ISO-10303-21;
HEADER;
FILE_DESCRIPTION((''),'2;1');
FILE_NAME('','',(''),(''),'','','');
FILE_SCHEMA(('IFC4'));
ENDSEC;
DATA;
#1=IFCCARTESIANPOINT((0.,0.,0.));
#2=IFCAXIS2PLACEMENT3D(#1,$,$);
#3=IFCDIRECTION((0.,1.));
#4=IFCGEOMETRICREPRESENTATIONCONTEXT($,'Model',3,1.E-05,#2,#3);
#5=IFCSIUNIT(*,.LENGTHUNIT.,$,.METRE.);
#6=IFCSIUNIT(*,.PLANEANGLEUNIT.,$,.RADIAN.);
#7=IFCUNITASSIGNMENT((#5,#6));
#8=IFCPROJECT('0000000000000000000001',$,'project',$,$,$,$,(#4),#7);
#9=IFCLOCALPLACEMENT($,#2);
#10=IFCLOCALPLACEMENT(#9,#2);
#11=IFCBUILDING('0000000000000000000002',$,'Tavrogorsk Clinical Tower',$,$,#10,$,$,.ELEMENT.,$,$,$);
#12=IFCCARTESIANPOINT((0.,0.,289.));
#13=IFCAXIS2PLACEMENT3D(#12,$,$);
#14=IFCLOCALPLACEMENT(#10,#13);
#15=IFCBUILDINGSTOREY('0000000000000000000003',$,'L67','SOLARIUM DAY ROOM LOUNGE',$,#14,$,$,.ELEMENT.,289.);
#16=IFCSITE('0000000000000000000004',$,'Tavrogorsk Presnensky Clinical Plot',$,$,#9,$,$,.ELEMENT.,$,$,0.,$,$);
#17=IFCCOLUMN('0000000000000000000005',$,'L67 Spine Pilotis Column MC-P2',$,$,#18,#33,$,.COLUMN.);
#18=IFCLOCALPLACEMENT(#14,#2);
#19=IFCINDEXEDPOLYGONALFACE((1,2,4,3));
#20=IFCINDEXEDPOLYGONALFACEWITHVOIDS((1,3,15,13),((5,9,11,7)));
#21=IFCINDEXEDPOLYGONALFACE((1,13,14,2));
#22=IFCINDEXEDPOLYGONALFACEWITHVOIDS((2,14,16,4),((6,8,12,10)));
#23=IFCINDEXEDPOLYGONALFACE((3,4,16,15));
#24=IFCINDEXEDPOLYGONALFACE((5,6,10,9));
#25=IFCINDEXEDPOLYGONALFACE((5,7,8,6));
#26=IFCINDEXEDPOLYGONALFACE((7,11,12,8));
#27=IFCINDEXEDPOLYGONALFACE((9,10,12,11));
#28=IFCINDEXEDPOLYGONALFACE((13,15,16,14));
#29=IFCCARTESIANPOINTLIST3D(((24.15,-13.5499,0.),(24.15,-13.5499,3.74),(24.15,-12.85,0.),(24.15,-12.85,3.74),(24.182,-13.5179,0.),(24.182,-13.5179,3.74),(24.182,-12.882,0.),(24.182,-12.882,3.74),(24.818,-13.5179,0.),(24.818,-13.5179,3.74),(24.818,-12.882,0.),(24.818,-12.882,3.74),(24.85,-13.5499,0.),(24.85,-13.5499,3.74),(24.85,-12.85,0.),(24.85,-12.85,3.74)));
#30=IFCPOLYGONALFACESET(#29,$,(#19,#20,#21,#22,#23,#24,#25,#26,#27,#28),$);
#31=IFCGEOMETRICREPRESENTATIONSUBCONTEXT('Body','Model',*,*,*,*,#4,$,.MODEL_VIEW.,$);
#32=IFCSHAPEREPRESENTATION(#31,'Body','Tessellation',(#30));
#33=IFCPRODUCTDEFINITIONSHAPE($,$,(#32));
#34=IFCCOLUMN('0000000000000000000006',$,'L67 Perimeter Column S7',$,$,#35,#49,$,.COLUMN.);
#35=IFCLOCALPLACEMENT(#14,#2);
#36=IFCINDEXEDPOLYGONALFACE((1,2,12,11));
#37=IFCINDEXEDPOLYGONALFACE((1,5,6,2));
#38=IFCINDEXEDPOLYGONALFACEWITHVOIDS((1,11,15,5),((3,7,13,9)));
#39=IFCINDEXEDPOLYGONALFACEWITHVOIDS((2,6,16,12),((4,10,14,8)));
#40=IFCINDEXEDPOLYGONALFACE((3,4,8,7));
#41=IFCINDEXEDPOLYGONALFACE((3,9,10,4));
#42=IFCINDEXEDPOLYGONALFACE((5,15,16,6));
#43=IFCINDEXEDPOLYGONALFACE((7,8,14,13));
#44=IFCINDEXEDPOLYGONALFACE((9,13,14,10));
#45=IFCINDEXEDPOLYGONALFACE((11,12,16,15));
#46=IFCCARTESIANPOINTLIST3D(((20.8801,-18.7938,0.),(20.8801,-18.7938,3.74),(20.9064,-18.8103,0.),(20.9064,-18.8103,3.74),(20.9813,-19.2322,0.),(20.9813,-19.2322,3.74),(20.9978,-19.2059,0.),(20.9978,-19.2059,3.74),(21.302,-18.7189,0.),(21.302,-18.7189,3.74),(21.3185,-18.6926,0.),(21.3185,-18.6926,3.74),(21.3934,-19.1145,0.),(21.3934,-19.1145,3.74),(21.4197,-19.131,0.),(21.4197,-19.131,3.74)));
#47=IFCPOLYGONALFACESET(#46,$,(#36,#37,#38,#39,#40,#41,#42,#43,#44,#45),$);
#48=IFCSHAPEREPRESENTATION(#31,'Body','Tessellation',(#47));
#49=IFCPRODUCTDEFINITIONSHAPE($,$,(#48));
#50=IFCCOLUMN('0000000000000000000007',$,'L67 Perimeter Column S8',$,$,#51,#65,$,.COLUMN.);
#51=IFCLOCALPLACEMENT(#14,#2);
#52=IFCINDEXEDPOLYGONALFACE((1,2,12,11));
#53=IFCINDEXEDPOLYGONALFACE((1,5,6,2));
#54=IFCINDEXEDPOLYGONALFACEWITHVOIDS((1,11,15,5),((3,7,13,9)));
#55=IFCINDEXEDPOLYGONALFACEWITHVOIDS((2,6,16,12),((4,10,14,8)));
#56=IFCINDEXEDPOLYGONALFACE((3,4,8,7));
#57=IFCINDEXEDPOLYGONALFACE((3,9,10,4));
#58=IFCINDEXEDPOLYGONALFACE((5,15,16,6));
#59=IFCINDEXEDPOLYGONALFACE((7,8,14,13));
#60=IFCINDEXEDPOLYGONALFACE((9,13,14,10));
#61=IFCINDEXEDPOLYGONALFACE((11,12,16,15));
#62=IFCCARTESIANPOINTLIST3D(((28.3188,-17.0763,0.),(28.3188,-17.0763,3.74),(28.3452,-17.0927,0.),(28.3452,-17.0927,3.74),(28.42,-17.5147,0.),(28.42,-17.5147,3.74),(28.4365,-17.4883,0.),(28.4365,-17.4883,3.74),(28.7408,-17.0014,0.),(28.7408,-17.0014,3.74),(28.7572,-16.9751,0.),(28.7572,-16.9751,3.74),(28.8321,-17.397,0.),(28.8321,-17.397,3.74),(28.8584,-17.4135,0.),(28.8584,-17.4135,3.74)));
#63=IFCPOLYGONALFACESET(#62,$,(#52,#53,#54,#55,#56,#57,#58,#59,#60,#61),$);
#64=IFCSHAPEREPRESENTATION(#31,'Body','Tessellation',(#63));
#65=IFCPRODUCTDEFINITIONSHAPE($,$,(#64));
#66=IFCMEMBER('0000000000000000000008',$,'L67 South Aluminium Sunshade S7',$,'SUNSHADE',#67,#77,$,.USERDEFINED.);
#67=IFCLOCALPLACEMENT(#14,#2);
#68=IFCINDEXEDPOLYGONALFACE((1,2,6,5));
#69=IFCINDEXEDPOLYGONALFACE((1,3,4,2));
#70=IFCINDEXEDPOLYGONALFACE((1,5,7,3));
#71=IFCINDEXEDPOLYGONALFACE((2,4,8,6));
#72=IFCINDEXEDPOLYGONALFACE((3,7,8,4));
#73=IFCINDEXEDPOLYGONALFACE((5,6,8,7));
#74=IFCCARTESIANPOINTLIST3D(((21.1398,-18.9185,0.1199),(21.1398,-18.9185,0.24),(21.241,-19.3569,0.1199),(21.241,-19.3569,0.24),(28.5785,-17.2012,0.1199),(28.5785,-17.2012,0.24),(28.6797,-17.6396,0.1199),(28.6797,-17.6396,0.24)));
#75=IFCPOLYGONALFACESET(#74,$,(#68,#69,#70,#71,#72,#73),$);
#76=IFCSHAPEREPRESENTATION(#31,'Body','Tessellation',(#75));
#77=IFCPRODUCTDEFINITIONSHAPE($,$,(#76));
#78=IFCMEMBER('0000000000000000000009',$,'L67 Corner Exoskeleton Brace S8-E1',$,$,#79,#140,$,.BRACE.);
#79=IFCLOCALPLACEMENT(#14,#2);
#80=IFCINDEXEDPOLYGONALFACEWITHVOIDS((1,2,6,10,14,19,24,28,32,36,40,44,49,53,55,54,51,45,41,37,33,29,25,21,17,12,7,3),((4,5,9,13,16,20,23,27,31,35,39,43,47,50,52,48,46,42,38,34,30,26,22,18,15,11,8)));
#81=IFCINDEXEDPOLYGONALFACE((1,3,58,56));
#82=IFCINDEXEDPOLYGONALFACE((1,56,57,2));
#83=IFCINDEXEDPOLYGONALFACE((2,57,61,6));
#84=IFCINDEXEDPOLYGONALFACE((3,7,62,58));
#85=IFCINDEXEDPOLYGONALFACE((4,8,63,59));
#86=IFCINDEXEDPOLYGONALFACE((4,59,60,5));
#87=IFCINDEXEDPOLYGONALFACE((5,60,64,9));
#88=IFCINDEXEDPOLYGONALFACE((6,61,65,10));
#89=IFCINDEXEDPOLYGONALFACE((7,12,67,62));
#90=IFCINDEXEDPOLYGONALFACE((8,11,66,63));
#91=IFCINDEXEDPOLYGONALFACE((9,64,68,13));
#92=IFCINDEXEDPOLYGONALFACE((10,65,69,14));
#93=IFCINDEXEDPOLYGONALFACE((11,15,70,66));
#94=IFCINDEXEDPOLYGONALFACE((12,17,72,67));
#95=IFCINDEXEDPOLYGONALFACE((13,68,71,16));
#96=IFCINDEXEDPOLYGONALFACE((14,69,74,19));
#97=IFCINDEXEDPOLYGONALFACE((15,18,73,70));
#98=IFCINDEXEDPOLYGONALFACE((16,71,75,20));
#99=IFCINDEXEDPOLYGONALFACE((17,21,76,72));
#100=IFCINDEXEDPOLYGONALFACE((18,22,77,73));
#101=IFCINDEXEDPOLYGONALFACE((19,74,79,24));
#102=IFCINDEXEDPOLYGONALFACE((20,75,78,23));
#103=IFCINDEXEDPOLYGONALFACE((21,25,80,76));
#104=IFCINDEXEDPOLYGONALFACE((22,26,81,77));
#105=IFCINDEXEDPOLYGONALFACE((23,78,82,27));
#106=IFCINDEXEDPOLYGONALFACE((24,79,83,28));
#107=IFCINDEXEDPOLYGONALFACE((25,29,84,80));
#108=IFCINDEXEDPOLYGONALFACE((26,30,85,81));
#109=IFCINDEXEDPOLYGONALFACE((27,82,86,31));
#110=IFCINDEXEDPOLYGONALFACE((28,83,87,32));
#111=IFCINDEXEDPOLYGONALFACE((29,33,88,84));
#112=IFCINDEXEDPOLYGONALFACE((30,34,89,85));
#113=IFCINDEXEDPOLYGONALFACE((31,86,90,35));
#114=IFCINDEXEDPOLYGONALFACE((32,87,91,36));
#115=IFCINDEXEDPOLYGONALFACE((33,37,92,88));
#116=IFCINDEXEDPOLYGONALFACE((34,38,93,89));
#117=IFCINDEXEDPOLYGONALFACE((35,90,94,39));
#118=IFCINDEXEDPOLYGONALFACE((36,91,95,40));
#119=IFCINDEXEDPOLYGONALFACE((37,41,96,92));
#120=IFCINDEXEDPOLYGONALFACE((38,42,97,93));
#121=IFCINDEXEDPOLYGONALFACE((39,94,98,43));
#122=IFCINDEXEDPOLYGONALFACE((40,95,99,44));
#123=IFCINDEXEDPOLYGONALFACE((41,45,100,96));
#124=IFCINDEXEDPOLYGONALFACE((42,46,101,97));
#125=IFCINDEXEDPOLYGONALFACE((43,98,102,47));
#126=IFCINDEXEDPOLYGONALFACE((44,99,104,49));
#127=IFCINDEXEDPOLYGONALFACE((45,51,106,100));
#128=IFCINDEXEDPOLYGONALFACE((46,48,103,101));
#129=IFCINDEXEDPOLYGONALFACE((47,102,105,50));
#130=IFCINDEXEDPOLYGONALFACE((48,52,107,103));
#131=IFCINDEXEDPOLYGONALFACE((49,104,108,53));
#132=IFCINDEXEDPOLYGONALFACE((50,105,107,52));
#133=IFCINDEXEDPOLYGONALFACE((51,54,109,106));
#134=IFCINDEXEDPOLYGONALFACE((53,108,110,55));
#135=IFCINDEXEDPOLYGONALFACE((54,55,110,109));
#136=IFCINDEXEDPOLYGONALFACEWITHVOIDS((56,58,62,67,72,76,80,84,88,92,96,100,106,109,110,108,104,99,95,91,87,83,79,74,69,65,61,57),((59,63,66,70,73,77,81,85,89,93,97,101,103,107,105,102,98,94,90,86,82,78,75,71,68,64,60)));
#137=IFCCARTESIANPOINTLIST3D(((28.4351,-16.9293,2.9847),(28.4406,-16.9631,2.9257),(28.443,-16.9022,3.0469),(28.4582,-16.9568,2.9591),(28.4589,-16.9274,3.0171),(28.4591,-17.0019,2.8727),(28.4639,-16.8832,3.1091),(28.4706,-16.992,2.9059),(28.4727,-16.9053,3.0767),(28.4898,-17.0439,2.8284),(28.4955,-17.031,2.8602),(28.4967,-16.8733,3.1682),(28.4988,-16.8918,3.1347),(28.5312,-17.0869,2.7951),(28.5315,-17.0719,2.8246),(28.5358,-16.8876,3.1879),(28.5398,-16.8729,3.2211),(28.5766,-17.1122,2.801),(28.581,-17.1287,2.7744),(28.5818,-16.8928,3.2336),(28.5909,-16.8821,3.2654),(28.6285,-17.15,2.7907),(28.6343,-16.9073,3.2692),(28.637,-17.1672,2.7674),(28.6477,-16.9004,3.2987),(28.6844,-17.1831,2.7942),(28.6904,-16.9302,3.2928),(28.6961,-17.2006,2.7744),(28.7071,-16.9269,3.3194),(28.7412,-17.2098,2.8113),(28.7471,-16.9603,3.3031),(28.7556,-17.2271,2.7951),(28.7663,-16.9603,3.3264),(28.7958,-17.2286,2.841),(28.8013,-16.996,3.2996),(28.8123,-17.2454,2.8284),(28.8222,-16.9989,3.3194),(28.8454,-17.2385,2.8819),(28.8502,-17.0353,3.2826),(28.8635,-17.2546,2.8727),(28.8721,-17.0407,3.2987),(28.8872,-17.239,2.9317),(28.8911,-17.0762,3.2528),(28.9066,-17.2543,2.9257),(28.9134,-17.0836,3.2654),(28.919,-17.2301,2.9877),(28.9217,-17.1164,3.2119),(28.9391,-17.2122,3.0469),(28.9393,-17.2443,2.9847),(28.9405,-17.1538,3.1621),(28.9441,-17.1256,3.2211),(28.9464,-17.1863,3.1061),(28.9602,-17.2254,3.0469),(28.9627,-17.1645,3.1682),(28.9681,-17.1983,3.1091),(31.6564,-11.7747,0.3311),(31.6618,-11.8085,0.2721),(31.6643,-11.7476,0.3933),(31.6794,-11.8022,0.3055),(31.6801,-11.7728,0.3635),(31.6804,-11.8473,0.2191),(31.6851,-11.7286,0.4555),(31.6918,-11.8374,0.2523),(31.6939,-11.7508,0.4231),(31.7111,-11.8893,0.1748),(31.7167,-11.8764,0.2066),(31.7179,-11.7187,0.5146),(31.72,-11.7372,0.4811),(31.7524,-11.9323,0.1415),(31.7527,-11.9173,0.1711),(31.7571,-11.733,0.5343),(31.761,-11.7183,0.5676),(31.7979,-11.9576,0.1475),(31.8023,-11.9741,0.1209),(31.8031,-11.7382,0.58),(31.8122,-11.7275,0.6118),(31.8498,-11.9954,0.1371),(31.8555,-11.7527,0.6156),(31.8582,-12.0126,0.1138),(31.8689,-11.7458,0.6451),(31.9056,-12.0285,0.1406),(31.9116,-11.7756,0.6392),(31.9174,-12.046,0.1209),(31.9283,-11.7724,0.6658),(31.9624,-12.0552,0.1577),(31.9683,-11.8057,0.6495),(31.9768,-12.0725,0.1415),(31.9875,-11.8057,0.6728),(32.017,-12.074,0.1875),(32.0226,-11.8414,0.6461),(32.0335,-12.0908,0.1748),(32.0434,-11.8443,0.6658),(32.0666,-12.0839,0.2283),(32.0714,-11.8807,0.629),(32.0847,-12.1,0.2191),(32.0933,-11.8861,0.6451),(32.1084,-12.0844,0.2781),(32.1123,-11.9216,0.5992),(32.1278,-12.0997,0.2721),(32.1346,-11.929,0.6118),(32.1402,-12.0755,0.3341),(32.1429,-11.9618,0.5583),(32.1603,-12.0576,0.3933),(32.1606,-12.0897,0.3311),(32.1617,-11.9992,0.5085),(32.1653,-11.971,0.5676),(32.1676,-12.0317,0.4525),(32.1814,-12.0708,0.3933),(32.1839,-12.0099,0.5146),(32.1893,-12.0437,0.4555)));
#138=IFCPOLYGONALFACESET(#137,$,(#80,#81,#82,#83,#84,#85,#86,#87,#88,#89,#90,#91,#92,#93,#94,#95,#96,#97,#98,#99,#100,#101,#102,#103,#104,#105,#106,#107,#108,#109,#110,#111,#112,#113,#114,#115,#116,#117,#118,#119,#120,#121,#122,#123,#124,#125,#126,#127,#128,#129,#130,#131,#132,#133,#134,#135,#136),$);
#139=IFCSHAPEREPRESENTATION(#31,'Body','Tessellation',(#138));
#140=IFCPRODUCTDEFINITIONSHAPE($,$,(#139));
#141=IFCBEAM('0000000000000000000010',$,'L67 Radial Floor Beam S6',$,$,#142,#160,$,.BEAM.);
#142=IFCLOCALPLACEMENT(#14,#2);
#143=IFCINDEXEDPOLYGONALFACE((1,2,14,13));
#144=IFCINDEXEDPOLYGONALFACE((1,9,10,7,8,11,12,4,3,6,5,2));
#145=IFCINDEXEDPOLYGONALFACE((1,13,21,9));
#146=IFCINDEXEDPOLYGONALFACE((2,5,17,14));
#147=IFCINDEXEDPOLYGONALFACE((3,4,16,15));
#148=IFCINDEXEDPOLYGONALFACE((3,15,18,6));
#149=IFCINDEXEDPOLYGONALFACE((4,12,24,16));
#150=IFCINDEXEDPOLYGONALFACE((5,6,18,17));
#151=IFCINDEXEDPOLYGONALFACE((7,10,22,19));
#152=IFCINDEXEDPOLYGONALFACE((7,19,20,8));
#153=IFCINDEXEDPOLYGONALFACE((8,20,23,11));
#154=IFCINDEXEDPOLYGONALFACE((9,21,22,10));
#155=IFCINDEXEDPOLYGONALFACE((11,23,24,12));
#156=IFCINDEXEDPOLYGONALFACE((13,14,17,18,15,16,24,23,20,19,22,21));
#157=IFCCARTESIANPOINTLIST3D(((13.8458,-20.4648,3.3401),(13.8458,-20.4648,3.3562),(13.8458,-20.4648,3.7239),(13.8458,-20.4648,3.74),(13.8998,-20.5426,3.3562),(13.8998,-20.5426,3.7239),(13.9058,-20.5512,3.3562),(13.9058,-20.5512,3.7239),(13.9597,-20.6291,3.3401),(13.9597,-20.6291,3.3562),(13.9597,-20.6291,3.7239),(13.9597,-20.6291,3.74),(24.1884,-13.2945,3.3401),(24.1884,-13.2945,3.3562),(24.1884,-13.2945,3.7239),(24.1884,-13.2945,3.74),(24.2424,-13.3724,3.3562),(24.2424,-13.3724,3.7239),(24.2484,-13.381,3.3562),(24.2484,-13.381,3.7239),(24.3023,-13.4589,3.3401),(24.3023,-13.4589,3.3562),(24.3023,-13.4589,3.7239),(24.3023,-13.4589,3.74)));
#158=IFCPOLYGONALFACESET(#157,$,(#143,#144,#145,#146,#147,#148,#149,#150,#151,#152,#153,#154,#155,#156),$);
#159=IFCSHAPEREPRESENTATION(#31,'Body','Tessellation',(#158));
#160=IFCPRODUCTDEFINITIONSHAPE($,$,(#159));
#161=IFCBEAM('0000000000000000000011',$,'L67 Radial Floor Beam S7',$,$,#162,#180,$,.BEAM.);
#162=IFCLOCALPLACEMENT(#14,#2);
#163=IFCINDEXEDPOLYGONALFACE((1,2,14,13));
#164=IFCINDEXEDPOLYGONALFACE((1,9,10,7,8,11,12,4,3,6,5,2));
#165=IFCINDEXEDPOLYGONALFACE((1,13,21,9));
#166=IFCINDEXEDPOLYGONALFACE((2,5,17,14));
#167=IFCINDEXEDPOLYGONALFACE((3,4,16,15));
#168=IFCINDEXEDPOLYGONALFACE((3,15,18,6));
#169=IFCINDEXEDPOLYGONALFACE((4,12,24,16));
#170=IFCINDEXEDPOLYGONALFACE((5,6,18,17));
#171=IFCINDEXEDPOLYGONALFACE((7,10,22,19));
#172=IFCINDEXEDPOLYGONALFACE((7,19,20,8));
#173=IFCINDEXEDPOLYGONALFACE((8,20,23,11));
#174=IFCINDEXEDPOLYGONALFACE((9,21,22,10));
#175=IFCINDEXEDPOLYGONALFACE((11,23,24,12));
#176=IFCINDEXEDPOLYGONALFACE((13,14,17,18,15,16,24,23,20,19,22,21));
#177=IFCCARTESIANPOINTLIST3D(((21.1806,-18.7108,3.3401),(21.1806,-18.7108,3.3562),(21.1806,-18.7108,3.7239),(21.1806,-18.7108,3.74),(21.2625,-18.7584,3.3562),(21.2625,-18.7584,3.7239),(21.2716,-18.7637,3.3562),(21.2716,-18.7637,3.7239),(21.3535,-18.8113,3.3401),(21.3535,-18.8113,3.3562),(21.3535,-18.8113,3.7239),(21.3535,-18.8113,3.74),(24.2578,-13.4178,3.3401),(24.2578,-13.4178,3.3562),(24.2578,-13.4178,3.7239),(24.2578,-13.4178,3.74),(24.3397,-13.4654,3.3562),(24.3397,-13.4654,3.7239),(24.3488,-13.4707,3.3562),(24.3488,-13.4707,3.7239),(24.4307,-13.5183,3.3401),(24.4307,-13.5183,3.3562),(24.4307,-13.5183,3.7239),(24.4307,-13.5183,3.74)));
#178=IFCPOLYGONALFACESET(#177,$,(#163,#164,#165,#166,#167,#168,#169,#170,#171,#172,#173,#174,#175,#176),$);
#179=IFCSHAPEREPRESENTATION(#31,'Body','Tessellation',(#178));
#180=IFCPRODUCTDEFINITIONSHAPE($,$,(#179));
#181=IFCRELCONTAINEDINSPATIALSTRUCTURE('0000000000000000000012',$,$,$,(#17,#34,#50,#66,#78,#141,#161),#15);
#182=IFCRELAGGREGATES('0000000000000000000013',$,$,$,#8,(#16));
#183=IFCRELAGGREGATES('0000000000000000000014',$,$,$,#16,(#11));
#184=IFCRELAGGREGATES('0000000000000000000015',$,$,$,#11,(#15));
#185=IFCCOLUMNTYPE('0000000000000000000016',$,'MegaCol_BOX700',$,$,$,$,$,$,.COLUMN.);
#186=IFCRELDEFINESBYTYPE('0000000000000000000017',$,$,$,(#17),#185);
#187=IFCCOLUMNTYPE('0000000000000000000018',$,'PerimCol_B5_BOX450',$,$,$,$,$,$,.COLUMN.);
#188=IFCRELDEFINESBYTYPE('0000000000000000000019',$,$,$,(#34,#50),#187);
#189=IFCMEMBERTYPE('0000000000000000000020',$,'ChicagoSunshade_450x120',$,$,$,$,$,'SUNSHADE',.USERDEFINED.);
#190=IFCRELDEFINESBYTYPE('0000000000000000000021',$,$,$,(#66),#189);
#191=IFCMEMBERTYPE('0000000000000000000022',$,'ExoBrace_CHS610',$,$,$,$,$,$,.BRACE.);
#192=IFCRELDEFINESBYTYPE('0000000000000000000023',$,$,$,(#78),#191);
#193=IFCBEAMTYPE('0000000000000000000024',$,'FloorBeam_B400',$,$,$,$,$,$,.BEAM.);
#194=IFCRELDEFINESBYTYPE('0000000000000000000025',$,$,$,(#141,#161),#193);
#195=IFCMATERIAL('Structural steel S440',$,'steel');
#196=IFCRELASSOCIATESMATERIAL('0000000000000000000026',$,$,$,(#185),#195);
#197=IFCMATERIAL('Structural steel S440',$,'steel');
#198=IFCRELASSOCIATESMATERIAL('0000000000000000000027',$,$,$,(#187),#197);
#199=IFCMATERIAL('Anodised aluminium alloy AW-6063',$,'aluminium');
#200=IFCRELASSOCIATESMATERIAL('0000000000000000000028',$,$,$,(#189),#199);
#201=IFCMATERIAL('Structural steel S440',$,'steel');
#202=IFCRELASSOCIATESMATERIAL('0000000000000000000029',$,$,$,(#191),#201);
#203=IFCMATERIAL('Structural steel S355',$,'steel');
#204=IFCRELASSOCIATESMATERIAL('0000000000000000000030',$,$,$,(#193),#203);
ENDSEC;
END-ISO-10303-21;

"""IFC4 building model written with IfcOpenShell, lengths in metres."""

from ifc_helpers import new_model, si_unit, direction, frame, origin, origin_2d, place, context, subcontext, project, spatial, rectangle, hollow_rectangle, hollow_circle, i_section, extrude, material, material_profile, profile_set, type_object, element, save


model = new_model("IFC4")

# Units and contexts
model_context = context("Model", 3, precision=1e-05, world=origin(), true_north=direction((0.0, 1.0)))
body_context = subcontext(model_context, "Body", "Model", "MODEL_VIEW")
ifc_project = project(units=[si_unit("LENGTHUNIT", "METRE"), si_unit("PLANEANGLEUNIT", "RADIAN")], contexts=[model_context])

# Site, building, storey
site_placement = place(None, origin())
site = spatial("IfcSite", under=ifc_project, at=site_placement, Name="Tavrogorsk Presnensky Clinical Plot", CompositionType="ELEMENT", RefElevation=0.0)
building_placement = place(site_placement, origin())
building = spatial("IfcBuilding", under=site, at=building_placement, Name="Tavrogorsk Clinical Tower", CompositionType="ELEMENT")
storey_placement = place(building_placement, frame((0.0, 0.0, 289.0)))
storey = spatial("IfcBuildingStorey", under=building, at=storey_placement, Name="L67", Description="SOLARIUM DAY ROOM LOUNGE", CompositionType="ELEMENT", Elevation=289.0)

# Columns
ifc_material_1 = material(Name="Structural steel S440", Category="steel")
ifc_material_profile_1 = material_profile(ifc_material_1, hollow_rectangle(XDim=0.7, YDim=0.7, WallThickness=0.032, at=origin_2d()), Name="BOX-700x700x32")
ifc_profile_set_1 = profile_set([ifc_material_profile_1], Name="Structural steel S440")
column_type_1 = type_object("IfcColumnType", Name="MegaCol_BOX700", PredefinedType="COLUMN", material=ifc_profile_set_1)
column_placement = place(storey_placement, frame((24.5, -13.2, 0.0), z_axis=(0.0, 0.0, 1.0), x_axis=(1.0, 0.0, 0.0)))
element("IfcColumn", 1, at=column_placement, inside=storey, type_object=column_type_1, Name="L67 Spine Pilotis Column MC-P2", PredefinedType="COLUMN", context=body_context, shape_type="SweptSolid", body=[
    extrude(hollow_rectangle(XDim=0.7, YDim=0.7, WallThickness=0.032, at=origin_2d()), origin(), (0.0, 0.0, 1.0), 3.74),
])
ifc_material_2 = material(Name="Structural steel S440", Category="steel")
ifc_material_profile_2 = material_profile(ifc_material_2, hollow_rectangle(XDim=0.45, YDim=0.45, WallThickness=0.022, at=origin_2d()), Name="BOX-450x450x22")
ifc_profile_set_2 = profile_set([ifc_material_profile_2], Name="Structural steel S440")
column_type_2 = type_object("IfcColumnType", Name="PerimCol_B5_BOX450", PredefinedType="COLUMN", material=ifc_profile_set_2)
for number, where, z_axis, x_axis, name in (
    (2, (21.1499, -18.9624, 0.0), (0.0, 0.0, 1.0), (0.97437, 0.224951, 0.0), "L67 Perimeter Column S7"),
    (3, (28.5886, -17.2449, 0.0), (0.0, 0.0, 1.0), (0.97437, 0.224951, 0.0), "L67 Perimeter Column S8"),
):
    element("IfcColumn", number, at=place(storey_placement, frame(where, z_axis=z_axis, x_axis=x_axis)), inside=storey, type_object=column_type_2, Name=name, PredefinedType="COLUMN", context=body_context, shape_type="SweptSolid", body=[
        extrude(hollow_rectangle(XDim=0.45, YDim=0.45, WallThickness=0.022, at=origin_2d()), origin(), (0.0, 0.0, 1.0), 3.74),
    ])

# Members
ifc_material_3 = material(Name="Anodised aluminium alloy AW-6063", Category="aluminium")
ifc_material_profile_3 = material_profile(ifc_material_3, rectangle(XDim=0.45, YDim=0.1201, at=origin_2d()), Name="ALU-SUNSHADE-450x120")
ifc_profile_set_3 = profile_set([ifc_material_profile_3], Name="Anodised aluminium alloy AW-6063")
member_type_1 = type_object("IfcMemberType", Name="ChicagoSunshade_450x120", ElementType="SUNSHADE", PredefinedType="USERDEFINED", material=ifc_profile_set_3)
member_1_placement = place(storey_placement, frame((21.1904, -19.1377, 0.1799), z_axis=(0.974372, 0.224941, 0.0), x_axis=(-0.224941, 0.974372, 0.0)))
element("IfcMember", 4, at=member_1_placement, inside=storey, type_object=member_type_1, Name="L67 South Aluminium Sunshade S7", ObjectType="SUNSHADE", PredefinedType="USERDEFINED", context=body_context, shape_type="SweptSolid", body=[
    extrude(rectangle(XDim=0.45, YDim=0.1201, at=origin_2d()), origin(), (0.0, 0.0, 1.0), 7.6343),
])
ifc_material_4 = material(Name="Structural steel S440", Category="steel")
ifc_material_profile_4 = material_profile(ifc_material_4, hollow_circle(Radius=0.3049, WallThickness=0.0249, at=origin_2d()), Name="CHS-610x25")
ifc_profile_set_4 = profile_set([ifc_material_profile_4], Name="Structural steel S440")
member_type_2 = type_object("IfcMemberType", Name="ExoBrace_CHS610", PredefinedType="BRACE", material=ifc_profile_set_4)
member_2_placement = place(storey_placement, frame((31.9229, -11.9092, 0.3933), z_axis=(-0.485686, -0.777193, 0.4001), x_axis=(0.848028, -0.529952, 0.0)))
element("IfcMember", 5, at=member_2_placement, inside=storey, type_object=member_type_2, Name="L67 Corner Exoskeleton Brace S8-E1", PredefinedType="BRACE", context=body_context, shape_type="SweptSolid", body=[
    extrude(hollow_circle(Radius=0.3049, WallThickness=0.0249, at=origin_2d()), origin(), (0.0, 0.0, 1.0), 6.6323),
])

# Beams
ifc_material_5 = material(Name="Structural steel S355", Category="steel")
ifc_material_profile_5 = material_profile(ifc_material_5, i_section(OverallWidth=0.2, OverallDepth=0.3999, WebThickness=0.0105, FlangeThickness=0.0161, at=origin_2d()), Name="B-400x200x10.5x16")
ifc_profile_set_5 = profile_set([ifc_material_profile_5], Name="Structural steel S355")
beam_type_1 = type_object("IfcBeamType", Name="FloorBeam_B400", PredefinedType="BEAM", material=ifc_profile_set_5)
beam_1_placement = place(storey_placement, frame((24.2454, -13.3767, 3.54), z_axis=(-0.821822, -0.569745, 0.0), x_axis=(0.569745, -0.821822, 0.0)))
element("IfcBeam", 6, at=beam_1_placement, inside=storey, type_object=beam_type_1, Name="L67 Radial Floor Beam S6", PredefinedType="BEAM", context=body_context, shape_type="SweptSolid", body=[
    extrude(i_section(OverallWidth=0.2, OverallDepth=0.3999, WebThickness=0.0105, FlangeThickness=0.0161, at=origin_2d()), origin(), (0.0, 0.0, 1.0), 12.585),
])
beam_2_placement = place(storey_placement, frame((24.3442, -13.468, 3.54), z_axis=(-0.502601, -0.864518, 0.0), x_axis=(0.864518, -0.502601, 0.0)))
element("IfcBeam", 7, at=beam_2_placement, inside=storey, type_object=beam_type_1, Name="L67 Radial Floor Beam S7", PredefinedType="BEAM", context=body_context, shape_type="SweptSolid", body=[
    extrude(i_section(OverallWidth=0.2, OverallDepth=0.3999, WebThickness=0.0105, FlangeThickness=0.0161, at=origin_2d()), origin(), (0.0, 0.0, 1.0), 6.1226),
])

save(model, "model.ifc")
